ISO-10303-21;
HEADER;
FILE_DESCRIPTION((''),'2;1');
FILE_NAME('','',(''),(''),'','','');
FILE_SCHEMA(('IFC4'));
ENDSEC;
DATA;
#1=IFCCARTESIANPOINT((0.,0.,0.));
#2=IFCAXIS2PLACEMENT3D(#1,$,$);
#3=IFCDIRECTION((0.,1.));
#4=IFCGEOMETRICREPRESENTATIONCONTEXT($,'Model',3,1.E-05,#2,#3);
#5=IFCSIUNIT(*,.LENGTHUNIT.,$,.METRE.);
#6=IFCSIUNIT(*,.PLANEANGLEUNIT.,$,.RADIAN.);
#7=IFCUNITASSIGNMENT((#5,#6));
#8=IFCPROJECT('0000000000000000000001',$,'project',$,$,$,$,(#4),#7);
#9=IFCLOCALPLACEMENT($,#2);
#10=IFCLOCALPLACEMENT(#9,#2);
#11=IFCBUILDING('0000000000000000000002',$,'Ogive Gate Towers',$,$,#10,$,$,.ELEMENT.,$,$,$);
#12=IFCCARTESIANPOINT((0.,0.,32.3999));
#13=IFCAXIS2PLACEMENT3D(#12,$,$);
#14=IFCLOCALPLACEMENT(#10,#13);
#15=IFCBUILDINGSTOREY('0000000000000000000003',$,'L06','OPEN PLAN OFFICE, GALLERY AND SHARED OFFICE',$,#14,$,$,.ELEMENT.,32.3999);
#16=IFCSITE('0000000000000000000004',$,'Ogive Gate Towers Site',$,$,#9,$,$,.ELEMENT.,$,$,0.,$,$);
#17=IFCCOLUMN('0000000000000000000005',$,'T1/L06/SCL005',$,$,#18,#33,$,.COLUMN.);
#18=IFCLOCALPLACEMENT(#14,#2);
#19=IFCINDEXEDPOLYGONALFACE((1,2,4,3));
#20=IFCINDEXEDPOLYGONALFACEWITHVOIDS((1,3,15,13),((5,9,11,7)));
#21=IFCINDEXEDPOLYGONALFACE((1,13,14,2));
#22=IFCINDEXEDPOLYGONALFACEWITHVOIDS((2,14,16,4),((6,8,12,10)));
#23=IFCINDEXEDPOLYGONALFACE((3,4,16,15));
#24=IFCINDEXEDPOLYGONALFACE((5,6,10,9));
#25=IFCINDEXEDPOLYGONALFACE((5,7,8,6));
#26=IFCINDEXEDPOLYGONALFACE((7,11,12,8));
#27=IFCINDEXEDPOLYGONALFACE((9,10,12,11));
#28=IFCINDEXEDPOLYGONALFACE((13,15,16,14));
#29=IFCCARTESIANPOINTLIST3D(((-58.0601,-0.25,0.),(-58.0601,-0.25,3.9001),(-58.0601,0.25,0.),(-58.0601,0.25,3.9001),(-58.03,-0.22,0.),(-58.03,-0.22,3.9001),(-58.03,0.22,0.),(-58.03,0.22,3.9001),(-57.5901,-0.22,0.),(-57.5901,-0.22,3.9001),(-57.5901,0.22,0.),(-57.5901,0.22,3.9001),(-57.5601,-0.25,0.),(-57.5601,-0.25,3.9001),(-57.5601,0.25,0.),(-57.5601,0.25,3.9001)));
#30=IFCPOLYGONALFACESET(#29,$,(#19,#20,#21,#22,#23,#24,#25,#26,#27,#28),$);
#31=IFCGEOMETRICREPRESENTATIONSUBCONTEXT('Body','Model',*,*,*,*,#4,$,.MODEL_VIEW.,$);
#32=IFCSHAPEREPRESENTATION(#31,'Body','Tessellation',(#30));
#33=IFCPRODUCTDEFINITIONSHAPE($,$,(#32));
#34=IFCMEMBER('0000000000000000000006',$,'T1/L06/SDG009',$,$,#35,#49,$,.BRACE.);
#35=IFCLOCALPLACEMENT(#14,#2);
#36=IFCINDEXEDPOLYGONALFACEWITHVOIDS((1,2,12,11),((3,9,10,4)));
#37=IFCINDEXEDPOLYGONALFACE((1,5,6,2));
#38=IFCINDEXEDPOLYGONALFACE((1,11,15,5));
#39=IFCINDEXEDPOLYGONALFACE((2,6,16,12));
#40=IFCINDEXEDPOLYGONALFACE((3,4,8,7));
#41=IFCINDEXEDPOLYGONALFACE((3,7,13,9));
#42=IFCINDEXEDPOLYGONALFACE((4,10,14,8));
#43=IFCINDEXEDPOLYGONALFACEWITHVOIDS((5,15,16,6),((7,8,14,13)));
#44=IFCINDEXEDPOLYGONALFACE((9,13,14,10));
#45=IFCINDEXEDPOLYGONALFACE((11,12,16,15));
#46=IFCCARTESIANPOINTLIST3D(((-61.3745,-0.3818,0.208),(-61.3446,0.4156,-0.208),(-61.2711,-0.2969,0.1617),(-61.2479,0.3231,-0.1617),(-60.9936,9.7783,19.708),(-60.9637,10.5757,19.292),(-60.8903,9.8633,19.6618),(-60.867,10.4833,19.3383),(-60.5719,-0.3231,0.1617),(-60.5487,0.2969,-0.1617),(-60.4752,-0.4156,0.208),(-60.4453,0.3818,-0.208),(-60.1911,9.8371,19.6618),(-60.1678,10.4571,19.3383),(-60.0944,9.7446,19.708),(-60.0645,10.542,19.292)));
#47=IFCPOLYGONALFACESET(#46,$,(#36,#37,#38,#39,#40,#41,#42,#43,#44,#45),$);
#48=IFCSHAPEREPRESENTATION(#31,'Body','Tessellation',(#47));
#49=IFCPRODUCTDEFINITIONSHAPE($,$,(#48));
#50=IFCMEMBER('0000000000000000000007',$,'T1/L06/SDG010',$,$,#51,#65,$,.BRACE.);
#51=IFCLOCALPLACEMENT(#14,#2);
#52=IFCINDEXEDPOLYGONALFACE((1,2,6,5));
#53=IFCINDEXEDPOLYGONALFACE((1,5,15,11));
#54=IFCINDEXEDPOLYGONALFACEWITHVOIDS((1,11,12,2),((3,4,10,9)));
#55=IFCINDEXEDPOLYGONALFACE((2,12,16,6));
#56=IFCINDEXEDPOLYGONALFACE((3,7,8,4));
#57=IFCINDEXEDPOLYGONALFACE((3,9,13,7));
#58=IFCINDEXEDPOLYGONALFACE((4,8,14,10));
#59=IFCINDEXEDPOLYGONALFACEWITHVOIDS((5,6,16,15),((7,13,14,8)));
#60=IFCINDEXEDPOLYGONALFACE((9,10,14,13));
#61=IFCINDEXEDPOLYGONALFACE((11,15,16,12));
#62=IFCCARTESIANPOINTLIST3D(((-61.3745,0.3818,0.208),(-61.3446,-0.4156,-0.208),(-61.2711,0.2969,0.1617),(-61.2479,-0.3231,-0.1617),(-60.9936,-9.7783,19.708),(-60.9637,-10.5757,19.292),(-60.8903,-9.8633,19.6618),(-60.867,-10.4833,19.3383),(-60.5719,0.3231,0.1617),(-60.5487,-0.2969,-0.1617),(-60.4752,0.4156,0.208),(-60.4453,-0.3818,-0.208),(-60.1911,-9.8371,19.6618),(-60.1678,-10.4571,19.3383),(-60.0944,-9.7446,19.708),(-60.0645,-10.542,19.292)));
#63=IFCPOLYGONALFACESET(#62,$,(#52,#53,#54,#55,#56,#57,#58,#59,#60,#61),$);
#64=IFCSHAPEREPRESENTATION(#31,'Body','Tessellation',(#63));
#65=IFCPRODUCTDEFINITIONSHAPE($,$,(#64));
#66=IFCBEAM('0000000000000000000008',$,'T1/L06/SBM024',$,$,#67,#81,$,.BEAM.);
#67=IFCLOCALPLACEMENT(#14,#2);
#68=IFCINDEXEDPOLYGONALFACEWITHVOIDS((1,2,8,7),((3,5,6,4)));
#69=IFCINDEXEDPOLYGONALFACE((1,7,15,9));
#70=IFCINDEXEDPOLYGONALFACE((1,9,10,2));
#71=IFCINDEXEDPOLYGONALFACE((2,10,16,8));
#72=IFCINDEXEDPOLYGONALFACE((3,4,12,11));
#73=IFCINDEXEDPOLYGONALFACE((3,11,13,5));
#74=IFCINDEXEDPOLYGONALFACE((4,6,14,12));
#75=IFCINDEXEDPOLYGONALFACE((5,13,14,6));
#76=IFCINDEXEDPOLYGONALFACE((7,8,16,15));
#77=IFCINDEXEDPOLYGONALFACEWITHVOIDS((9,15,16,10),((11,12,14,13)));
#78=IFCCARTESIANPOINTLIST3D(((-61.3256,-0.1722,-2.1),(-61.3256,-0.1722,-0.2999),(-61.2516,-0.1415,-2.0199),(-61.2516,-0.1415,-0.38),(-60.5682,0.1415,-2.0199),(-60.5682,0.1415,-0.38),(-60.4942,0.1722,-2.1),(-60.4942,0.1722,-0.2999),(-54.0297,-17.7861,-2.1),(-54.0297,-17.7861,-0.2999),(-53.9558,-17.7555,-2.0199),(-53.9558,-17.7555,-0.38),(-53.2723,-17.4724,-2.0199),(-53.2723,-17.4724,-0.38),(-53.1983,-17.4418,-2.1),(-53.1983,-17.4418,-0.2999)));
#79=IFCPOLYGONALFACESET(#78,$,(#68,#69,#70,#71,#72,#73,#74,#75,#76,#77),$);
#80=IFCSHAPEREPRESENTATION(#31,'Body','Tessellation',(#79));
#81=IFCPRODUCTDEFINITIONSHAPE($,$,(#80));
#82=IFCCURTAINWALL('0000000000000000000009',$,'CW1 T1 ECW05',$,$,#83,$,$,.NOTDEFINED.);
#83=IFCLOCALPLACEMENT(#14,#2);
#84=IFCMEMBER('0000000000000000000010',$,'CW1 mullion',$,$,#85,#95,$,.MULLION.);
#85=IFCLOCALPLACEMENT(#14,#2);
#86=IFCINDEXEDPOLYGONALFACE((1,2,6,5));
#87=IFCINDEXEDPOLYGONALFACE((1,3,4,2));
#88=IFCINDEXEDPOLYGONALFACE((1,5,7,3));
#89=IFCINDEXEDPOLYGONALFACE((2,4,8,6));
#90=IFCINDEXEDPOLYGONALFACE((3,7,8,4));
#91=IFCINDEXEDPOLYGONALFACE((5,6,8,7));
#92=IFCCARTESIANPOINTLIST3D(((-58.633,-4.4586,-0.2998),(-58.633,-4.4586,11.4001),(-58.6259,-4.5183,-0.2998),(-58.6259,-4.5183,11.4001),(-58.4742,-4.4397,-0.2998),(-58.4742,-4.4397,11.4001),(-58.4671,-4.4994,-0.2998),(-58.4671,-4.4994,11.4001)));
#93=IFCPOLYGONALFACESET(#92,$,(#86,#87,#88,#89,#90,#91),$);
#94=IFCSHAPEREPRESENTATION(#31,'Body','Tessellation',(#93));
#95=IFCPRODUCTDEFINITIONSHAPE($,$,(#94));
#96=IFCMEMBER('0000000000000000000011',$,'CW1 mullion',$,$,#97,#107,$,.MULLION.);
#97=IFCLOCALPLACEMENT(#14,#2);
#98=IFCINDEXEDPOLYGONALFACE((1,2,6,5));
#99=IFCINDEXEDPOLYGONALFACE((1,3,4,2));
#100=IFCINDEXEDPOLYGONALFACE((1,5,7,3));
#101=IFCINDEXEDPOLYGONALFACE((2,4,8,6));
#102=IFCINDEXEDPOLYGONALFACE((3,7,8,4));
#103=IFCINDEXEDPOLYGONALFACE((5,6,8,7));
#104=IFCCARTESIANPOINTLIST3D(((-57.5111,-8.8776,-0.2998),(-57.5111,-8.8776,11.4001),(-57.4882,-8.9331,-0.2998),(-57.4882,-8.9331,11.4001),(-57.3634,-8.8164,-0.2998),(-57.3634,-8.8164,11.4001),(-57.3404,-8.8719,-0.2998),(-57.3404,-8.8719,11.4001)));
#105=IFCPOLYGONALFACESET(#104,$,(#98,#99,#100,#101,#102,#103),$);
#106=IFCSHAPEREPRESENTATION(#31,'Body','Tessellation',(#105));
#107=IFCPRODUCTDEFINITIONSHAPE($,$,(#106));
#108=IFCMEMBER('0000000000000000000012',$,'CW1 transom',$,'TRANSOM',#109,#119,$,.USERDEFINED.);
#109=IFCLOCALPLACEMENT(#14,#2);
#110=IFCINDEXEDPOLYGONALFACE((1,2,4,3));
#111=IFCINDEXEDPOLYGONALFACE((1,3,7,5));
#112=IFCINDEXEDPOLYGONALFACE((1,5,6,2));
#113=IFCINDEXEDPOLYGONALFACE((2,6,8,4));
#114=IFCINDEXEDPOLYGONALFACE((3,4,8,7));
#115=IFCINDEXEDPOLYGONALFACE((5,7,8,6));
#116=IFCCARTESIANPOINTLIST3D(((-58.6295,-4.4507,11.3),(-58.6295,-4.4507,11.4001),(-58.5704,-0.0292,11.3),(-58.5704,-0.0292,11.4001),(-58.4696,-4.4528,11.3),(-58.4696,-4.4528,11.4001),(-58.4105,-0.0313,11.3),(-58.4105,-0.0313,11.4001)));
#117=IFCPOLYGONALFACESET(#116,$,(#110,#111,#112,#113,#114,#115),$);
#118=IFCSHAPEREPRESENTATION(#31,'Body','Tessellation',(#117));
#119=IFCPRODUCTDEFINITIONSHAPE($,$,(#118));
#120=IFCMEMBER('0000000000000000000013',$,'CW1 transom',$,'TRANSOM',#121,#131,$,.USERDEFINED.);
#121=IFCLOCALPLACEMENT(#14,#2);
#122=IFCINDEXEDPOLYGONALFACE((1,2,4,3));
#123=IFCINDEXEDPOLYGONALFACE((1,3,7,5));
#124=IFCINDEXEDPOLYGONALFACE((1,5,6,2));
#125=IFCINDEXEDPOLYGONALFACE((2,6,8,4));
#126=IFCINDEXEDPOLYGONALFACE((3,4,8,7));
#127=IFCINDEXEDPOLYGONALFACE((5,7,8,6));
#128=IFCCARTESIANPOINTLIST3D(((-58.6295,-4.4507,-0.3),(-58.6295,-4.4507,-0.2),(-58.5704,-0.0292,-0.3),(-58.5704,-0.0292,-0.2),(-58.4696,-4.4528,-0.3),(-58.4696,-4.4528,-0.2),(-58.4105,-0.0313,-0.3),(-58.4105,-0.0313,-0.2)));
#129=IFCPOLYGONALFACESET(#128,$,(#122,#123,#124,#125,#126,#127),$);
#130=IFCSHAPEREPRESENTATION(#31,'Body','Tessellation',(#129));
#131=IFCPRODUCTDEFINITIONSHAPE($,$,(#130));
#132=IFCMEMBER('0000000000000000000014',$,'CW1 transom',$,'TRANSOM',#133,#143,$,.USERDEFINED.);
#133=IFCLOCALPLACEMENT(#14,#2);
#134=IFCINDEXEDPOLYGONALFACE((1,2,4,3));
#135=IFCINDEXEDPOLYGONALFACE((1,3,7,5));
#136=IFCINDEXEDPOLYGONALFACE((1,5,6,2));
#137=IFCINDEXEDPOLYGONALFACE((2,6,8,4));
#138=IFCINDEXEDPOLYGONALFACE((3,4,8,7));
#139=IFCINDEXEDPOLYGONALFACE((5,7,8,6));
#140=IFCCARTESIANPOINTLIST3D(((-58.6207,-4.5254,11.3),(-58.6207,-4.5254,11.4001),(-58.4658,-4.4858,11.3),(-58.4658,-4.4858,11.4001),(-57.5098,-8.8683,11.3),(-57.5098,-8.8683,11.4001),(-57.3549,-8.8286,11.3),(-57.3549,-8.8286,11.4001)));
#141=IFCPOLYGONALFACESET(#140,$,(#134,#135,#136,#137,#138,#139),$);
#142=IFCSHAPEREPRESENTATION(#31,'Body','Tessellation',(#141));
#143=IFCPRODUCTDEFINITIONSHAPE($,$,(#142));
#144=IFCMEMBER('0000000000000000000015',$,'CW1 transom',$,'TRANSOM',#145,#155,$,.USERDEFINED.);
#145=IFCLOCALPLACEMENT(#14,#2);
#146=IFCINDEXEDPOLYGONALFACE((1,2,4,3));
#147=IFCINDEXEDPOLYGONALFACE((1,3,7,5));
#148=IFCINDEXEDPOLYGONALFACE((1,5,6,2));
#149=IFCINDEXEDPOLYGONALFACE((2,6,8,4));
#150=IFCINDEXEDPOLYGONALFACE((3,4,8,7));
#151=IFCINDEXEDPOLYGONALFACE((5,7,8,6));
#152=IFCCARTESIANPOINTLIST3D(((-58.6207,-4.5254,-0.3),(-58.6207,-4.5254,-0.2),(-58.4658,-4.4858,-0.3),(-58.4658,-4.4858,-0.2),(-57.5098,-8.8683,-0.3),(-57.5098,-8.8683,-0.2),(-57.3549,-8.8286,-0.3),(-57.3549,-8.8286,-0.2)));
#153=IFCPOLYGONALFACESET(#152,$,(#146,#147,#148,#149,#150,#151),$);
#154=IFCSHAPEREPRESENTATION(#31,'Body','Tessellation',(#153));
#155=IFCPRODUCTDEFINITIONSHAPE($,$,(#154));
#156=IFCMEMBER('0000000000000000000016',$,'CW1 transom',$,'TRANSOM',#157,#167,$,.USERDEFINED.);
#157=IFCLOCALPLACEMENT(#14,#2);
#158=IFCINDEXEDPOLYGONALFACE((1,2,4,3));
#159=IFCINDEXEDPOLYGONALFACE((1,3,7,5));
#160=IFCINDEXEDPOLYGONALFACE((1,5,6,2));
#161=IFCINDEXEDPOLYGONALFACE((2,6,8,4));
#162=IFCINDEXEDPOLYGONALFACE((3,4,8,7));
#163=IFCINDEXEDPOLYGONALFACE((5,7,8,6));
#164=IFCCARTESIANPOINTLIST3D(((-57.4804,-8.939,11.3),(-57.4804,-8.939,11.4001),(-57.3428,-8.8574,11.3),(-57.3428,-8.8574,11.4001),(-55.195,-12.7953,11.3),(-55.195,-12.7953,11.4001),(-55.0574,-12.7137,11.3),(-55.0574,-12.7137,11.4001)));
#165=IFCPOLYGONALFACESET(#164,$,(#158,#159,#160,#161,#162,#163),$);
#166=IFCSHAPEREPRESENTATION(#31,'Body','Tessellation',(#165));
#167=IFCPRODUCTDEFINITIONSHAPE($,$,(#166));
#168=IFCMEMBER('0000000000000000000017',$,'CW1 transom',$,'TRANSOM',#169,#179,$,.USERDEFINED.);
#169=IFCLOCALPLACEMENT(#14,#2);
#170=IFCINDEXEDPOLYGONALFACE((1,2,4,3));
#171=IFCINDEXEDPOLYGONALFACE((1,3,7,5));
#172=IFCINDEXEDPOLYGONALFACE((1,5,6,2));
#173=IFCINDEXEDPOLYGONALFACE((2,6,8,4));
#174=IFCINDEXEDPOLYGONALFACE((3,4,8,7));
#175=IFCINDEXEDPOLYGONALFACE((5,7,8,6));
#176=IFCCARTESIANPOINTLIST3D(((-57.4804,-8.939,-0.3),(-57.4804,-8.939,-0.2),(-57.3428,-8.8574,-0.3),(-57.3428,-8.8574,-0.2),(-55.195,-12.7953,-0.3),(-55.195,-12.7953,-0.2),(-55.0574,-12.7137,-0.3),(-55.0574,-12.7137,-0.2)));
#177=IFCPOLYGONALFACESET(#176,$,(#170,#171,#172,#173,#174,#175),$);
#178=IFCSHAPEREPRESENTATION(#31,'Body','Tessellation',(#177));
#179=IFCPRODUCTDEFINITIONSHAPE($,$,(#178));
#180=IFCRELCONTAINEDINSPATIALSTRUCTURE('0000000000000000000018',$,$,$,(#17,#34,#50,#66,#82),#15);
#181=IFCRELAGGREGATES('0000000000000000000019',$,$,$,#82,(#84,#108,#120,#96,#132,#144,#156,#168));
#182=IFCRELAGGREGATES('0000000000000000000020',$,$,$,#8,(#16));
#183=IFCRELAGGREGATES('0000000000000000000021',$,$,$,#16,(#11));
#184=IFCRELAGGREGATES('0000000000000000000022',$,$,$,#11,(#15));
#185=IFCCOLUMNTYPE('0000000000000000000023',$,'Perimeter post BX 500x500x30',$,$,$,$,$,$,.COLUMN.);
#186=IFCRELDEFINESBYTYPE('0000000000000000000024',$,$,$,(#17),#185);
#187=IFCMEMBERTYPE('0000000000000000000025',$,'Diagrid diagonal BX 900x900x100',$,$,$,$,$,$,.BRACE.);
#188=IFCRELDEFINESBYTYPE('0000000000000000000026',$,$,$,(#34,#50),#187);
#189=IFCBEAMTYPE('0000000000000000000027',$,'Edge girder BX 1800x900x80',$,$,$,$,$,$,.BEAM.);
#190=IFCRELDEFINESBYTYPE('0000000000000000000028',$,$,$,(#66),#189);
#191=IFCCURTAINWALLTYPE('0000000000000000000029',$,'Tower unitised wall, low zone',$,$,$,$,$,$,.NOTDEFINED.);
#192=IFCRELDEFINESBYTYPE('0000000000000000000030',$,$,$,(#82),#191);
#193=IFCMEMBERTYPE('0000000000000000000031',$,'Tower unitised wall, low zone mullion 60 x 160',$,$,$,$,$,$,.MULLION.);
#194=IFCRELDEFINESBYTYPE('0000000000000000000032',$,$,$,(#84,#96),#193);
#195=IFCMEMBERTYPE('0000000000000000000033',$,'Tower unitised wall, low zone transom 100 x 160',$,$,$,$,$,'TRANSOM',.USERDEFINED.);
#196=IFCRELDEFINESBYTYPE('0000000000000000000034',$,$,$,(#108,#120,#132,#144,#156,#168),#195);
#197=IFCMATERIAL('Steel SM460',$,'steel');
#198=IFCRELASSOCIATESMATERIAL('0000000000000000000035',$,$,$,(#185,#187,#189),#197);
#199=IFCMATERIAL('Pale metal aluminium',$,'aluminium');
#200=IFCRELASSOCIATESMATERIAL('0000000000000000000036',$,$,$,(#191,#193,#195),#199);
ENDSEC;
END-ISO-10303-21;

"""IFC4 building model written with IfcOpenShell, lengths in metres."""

from ifc_helpers import new_model, si_unit, direction, frame, origin, origin_2d, place, context, subcontext, project, spatial, rectangle, hollow_rectangle, extrude, material, material_profile, profile_set, type_object, element, aggregate, save


model = new_model("IFC4")

# Units and contexts
model_context = context("Model", 3, precision=1e-05, world=origin(), true_north=direction((0.0, 1.0)))
body_context = subcontext(model_context, "Body", "Model", "MODEL_VIEW")
ifc_project = project(units=[si_unit("LENGTHUNIT", "METRE"), si_unit("PLANEANGLEUNIT", "RADIAN")], contexts=[model_context])

# Site, building, storey
site_placement = place(None, origin())
site = spatial("IfcSite", under=ifc_project, at=site_placement, Name="Ogive Gate Towers Site", CompositionType="ELEMENT", RefElevation=0.0)
building_placement = place(site_placement, origin())
building = spatial("IfcBuilding", under=site, at=building_placement, Name="Ogive Gate Towers", CompositionType="ELEMENT")
storey_placement = place(building_placement, frame((0.0, 0.0, 32.3999)))
storey = spatial("IfcBuildingStorey", under=building, at=storey_placement, Name="L06", Description="OPEN PLAN OFFICE, GALLERY AND SHARED OFFICE", CompositionType="ELEMENT", Elevation=32.3999)

# Column
ifc_material_1 = material(Name="Steel SM460", Category="steel")
ifc_material_profile_1 = material_profile(ifc_material_1, hollow_rectangle(XDim=0.5, YDim=0.5, WallThickness=0.03, at=origin_2d()), Name="BX 500x500x30")
ifc_profile_set_1 = profile_set([ifc_material_profile_1], Name="Steel SM460")
column_type = type_object("IfcColumnType", Name="Perimeter post BX 500x500x30", PredefinedType="COLUMN", material=ifc_profile_set_1)
column_placement = place(storey_placement, frame((-57.8101, 0.0, 0.0), z_axis=(0.0, 0.0, 1.0), x_axis=(1.0, 0.0, 0.0)))
element("IfcColumn", 1, at=column_placement, inside=storey, type_object=column_type, Name="T1/L06/SCL005", PredefinedType="COLUMN", context=body_context, shape_type="SweptSolid", body=[
    extrude(hollow_rectangle(XDim=0.5, YDim=0.5, WallThickness=0.03, at=origin_2d()), origin(), (0.0, 0.0, 1.0), 3.9001),
])

# Members
ifc_material_profile_2 = material_profile(ifc_material_1, hollow_rectangle(XDim=0.8999, YDim=0.8999, WallThickness=0.1001, at=origin_2d()), Name="BX 900x900x100")
ifc_profile_set_2 = profile_set([ifc_material_profile_2], Name="Steel SM460")
member_type_1 = type_object("IfcMemberType", Name="Diagrid diagonal BX 900x900x100", PredefinedType="BRACE", material=ifc_profile_set_2)
for number, where, z_axis, x_axis, name in (
    (2, (-60.9099, 0.0, 0.0), (0.017319, 0.462005, 0.886708), (-0.999298, 0.037459, 0.0), "T1/L06/SDG009"),
    (3, (-60.9099, 0.0, 0.0), (0.017319, -0.462005, 0.886708), (0.999298, 0.037459, 0.0), "T1/L06/SDG010"),
):
    element("IfcMember", number, at=place(storey_placement, frame(where, z_axis=z_axis, x_axis=x_axis)), inside=storey, type_object=member_type_1, Name=name, PredefinedType="BRACE", context=body_context, shape_type="SweptSolid", body=[
        extrude(hollow_rectangle(XDim=0.8999, YDim=0.8999, WallThickness=0.1001, at=origin_2d()), origin(), (0.0, 0.0, 1.0), 21.9915),
    ])

# Beam
ifc_material_profile_3 = material_profile(ifc_material_1, hollow_rectangle(XDim=0.8999, YDim=1.8, WallThickness=0.0801, at=origin_2d()), Name="BX 1800x900x80")
ifc_profile_set_3 = profile_set([ifc_material_profile_3], Name="Steel SM460")
beam_type = type_object("IfcBeamType", Name="Edge girder BX 1800x900x80", PredefinedType="BEAM", material=ifc_profile_set_3)
beam_placement = place(storey_placement, frame((-60.9099, 0.0, -1.2), z_axis=(0.382681, -0.923881, 0.0), x_axis=(0.923881, 0.382681, 0.0)))
element("IfcBeam", 4, at=beam_placement, inside=storey, type_object=beam_type, Name="T1/L06/SBM024", PredefinedType="BEAM", context=body_context, shape_type="SweptSolid", body=[
    extrude(hollow_rectangle(XDim=0.8999, YDim=1.8, WallThickness=0.0801, at=origin_2d()), origin(), (0.0, 0.0, 1.0), 19.0652),
])

# Curtain wall, members
ifc_material_2 = material(Name="Pale metal aluminium", Category="aluminium")
curtain_wall_type = type_object("IfcCurtainWallType", Name="Tower unitised wall, low zone", PredefinedType="NOTDEFINED", material=ifc_material_2)
curtain_wall_placement = place(storey_placement, origin())
curtain_wall = element("IfcCurtainWall", 5, at=curtain_wall_placement, inside=storey, type_object=curtain_wall_type, Name="CW1 T1 ECW05", PredefinedType="NOTDEFINED")
ifc_material_profile_4 = material_profile(ifc_material_2, rectangle(XDim=0.1599, YDim=0.0601, at=origin_2d()), Name="60 x 160 aluminium box")
ifc_profile_set_4 = profile_set([ifc_material_profile_4], Name="Pale metal aluminium")
member_type_2 = type_object("IfcMemberType", Name="Tower unitised wall, low zone mullion 60 x 160", PredefinedType="MULLION", material=ifc_profile_set_4)
member_1_placement = place(storey_placement, frame((-58.55, -4.479, -0.2998), z_axis=(0.0, 0.0, 1.0), x_axis=(-0.992984, -0.118248, 0.0)))
member_1 = element("IfcMember", 6, at=member_1_placement, type_object=member_type_2, Name="CW1 mullion", PredefinedType="MULLION", context=body_context, shape_type="SweptSolid", body=[
    extrude(rectangle(XDim=0.1599, YDim=0.0601, at=origin_2d()), origin(), (0.0, 0.0, 1.0), 11.7),
])
member_2_placement = place(storey_placement, frame((-57.4258, -8.8748, -0.2998), z_axis=(0.0, 0.0, 1.0), x_axis=(-0.92388, -0.382683, 0.0)))
member_2 = element("IfcMember", 7, at=member_2_placement, type_object=member_type_2, Name="CW1 mullion", PredefinedType="MULLION", context=body_context, shape_type="SweptSolid", body=[
    extrude(rectangle(XDim=0.1599, YDim=0.0601, at=origin_2d()), origin(), (0.0, 0.0, 1.0), 11.7),
])
ifc_material_profile_5 = material_profile(ifc_material_2, rectangle(XDim=0.1599, YDim=0.1001, at=origin_2d()), Name="100 x 160 aluminium box")
ifc_profile_set_5 = profile_set([ifc_material_profile_5], Name="Pale metal aluminium")
member_type_3 = type_object("IfcMemberType", Name="Tower unitised wall, low zone transom 100 x 160", ElementType="TRANSOM", PredefinedType="USERDEFINED", material=ifc_profile_set_5)
member_3_placement = place(storey_placement, frame((-58.4905, -0.0303, 11.3501), z_axis=(-0.013362, -0.999911, 0.0), x_axis=(0.999911, -0.013362, 0.0)))
member_3 = element("IfcMember", 8, at=member_3_placement, type_object=member_type_3, Name="CW1 transom", ObjectType="TRANSOM", PredefinedType="USERDEFINED", context=body_context, shape_type="SweptSolid", body=[
    extrude(rectangle(XDim=0.1599, YDim=0.1001, at=origin_2d()), origin(), (0.0, 0.0, 1.0), 4.4219),
])
member_4_placement = place(storey_placement, frame((-58.4905, -0.0303, -0.25), z_axis=(-0.013362, -0.999911, 0.0), x_axis=(0.999911, -0.013362, 0.0)))
member_4 = element("IfcMember", 9, at=member_4_placement, type_object=member_type_3, Name="CW1 transom", ObjectType="TRANSOM", PredefinedType="USERDEFINED", context=body_context, shape_type="SweptSolid", body=[
    extrude(rectangle(XDim=0.1599, YDim=0.1001, at=origin_2d()), origin(), (0.0, 0.0, 1.0), 4.4219),
])
member_5_placement = place(storey_placement, frame((-58.5432, -4.5056, 11.3501), z_axis=(0.247812, -0.968808, 0.0), x_axis=(0.968808, 0.247812, 0.0)))
member_5 = element("IfcMember", 10, at=member_5_placement, type_object=member_type_3, Name="CW1 transom", ObjectType="TRANSOM", PredefinedType="USERDEFINED", context=body_context, shape_type="SweptSolid", body=[
    extrude(rectangle(XDim=0.1599, YDim=0.1001, at=origin_2d()), origin(), (0.0, 0.0, 1.0), 4.4827),
])
member_6_placement = place(storey_placement, frame((-58.5432, -4.5056, -0.25), z_axis=(0.247812, -0.968808, 0.0), x_axis=(0.968808, 0.247812, 0.0)))
member_6 = element("IfcMember", 11, at=member_6_placement, type_object=member_type_3, Name="CW1 transom", ObjectType="TRANSOM", PredefinedType="USERDEFINED", context=body_context, shape_type="SweptSolid", body=[
    extrude(rectangle(XDim=0.1599, YDim=0.1001, at=origin_2d()), origin(), (0.0, 0.0, 1.0), 4.4827),
])
member_7_placement = place(storey_placement, frame((-57.4116, -8.8982, 11.3501), z_axis=(0.509843, -0.860268, 0.0), x_axis=(0.860268, 0.509843, 0.0)))
member_7 = element("IfcMember", 12, at=member_7_placement, type_object=member_type_3, Name="CW1 transom", ObjectType="TRANSOM", PredefinedType="USERDEFINED", context=body_context, shape_type="SweptSolid", body=[
    extrude(rectangle(XDim=0.1599, YDim=0.1001, at=origin_2d()), origin(), (0.0, 0.0, 1.0), 4.4827),
])
member_8_placement = place(storey_placement, frame((-57.4116, -8.8982, -0.25), z_axis=(0.509843, -0.860268, 0.0), x_axis=(0.860268, 0.509843, 0.0)))
member_8 = element("IfcMember", 13, at=member_8_placement, type_object=member_type_3, Name="CW1 transom", ObjectType="TRANSOM", PredefinedType="USERDEFINED", context=body_context, shape_type="SweptSolid", body=[
    extrude(rectangle(XDim=0.1599, YDim=0.1001, at=origin_2d()), origin(), (0.0, 0.0, 1.0), 4.4827),
])
aggregate(curtain_wall, [member_1, member_3, member_4, member_2, member_5, member_6, member_7, member_8])

save(model, "model.ifc")
